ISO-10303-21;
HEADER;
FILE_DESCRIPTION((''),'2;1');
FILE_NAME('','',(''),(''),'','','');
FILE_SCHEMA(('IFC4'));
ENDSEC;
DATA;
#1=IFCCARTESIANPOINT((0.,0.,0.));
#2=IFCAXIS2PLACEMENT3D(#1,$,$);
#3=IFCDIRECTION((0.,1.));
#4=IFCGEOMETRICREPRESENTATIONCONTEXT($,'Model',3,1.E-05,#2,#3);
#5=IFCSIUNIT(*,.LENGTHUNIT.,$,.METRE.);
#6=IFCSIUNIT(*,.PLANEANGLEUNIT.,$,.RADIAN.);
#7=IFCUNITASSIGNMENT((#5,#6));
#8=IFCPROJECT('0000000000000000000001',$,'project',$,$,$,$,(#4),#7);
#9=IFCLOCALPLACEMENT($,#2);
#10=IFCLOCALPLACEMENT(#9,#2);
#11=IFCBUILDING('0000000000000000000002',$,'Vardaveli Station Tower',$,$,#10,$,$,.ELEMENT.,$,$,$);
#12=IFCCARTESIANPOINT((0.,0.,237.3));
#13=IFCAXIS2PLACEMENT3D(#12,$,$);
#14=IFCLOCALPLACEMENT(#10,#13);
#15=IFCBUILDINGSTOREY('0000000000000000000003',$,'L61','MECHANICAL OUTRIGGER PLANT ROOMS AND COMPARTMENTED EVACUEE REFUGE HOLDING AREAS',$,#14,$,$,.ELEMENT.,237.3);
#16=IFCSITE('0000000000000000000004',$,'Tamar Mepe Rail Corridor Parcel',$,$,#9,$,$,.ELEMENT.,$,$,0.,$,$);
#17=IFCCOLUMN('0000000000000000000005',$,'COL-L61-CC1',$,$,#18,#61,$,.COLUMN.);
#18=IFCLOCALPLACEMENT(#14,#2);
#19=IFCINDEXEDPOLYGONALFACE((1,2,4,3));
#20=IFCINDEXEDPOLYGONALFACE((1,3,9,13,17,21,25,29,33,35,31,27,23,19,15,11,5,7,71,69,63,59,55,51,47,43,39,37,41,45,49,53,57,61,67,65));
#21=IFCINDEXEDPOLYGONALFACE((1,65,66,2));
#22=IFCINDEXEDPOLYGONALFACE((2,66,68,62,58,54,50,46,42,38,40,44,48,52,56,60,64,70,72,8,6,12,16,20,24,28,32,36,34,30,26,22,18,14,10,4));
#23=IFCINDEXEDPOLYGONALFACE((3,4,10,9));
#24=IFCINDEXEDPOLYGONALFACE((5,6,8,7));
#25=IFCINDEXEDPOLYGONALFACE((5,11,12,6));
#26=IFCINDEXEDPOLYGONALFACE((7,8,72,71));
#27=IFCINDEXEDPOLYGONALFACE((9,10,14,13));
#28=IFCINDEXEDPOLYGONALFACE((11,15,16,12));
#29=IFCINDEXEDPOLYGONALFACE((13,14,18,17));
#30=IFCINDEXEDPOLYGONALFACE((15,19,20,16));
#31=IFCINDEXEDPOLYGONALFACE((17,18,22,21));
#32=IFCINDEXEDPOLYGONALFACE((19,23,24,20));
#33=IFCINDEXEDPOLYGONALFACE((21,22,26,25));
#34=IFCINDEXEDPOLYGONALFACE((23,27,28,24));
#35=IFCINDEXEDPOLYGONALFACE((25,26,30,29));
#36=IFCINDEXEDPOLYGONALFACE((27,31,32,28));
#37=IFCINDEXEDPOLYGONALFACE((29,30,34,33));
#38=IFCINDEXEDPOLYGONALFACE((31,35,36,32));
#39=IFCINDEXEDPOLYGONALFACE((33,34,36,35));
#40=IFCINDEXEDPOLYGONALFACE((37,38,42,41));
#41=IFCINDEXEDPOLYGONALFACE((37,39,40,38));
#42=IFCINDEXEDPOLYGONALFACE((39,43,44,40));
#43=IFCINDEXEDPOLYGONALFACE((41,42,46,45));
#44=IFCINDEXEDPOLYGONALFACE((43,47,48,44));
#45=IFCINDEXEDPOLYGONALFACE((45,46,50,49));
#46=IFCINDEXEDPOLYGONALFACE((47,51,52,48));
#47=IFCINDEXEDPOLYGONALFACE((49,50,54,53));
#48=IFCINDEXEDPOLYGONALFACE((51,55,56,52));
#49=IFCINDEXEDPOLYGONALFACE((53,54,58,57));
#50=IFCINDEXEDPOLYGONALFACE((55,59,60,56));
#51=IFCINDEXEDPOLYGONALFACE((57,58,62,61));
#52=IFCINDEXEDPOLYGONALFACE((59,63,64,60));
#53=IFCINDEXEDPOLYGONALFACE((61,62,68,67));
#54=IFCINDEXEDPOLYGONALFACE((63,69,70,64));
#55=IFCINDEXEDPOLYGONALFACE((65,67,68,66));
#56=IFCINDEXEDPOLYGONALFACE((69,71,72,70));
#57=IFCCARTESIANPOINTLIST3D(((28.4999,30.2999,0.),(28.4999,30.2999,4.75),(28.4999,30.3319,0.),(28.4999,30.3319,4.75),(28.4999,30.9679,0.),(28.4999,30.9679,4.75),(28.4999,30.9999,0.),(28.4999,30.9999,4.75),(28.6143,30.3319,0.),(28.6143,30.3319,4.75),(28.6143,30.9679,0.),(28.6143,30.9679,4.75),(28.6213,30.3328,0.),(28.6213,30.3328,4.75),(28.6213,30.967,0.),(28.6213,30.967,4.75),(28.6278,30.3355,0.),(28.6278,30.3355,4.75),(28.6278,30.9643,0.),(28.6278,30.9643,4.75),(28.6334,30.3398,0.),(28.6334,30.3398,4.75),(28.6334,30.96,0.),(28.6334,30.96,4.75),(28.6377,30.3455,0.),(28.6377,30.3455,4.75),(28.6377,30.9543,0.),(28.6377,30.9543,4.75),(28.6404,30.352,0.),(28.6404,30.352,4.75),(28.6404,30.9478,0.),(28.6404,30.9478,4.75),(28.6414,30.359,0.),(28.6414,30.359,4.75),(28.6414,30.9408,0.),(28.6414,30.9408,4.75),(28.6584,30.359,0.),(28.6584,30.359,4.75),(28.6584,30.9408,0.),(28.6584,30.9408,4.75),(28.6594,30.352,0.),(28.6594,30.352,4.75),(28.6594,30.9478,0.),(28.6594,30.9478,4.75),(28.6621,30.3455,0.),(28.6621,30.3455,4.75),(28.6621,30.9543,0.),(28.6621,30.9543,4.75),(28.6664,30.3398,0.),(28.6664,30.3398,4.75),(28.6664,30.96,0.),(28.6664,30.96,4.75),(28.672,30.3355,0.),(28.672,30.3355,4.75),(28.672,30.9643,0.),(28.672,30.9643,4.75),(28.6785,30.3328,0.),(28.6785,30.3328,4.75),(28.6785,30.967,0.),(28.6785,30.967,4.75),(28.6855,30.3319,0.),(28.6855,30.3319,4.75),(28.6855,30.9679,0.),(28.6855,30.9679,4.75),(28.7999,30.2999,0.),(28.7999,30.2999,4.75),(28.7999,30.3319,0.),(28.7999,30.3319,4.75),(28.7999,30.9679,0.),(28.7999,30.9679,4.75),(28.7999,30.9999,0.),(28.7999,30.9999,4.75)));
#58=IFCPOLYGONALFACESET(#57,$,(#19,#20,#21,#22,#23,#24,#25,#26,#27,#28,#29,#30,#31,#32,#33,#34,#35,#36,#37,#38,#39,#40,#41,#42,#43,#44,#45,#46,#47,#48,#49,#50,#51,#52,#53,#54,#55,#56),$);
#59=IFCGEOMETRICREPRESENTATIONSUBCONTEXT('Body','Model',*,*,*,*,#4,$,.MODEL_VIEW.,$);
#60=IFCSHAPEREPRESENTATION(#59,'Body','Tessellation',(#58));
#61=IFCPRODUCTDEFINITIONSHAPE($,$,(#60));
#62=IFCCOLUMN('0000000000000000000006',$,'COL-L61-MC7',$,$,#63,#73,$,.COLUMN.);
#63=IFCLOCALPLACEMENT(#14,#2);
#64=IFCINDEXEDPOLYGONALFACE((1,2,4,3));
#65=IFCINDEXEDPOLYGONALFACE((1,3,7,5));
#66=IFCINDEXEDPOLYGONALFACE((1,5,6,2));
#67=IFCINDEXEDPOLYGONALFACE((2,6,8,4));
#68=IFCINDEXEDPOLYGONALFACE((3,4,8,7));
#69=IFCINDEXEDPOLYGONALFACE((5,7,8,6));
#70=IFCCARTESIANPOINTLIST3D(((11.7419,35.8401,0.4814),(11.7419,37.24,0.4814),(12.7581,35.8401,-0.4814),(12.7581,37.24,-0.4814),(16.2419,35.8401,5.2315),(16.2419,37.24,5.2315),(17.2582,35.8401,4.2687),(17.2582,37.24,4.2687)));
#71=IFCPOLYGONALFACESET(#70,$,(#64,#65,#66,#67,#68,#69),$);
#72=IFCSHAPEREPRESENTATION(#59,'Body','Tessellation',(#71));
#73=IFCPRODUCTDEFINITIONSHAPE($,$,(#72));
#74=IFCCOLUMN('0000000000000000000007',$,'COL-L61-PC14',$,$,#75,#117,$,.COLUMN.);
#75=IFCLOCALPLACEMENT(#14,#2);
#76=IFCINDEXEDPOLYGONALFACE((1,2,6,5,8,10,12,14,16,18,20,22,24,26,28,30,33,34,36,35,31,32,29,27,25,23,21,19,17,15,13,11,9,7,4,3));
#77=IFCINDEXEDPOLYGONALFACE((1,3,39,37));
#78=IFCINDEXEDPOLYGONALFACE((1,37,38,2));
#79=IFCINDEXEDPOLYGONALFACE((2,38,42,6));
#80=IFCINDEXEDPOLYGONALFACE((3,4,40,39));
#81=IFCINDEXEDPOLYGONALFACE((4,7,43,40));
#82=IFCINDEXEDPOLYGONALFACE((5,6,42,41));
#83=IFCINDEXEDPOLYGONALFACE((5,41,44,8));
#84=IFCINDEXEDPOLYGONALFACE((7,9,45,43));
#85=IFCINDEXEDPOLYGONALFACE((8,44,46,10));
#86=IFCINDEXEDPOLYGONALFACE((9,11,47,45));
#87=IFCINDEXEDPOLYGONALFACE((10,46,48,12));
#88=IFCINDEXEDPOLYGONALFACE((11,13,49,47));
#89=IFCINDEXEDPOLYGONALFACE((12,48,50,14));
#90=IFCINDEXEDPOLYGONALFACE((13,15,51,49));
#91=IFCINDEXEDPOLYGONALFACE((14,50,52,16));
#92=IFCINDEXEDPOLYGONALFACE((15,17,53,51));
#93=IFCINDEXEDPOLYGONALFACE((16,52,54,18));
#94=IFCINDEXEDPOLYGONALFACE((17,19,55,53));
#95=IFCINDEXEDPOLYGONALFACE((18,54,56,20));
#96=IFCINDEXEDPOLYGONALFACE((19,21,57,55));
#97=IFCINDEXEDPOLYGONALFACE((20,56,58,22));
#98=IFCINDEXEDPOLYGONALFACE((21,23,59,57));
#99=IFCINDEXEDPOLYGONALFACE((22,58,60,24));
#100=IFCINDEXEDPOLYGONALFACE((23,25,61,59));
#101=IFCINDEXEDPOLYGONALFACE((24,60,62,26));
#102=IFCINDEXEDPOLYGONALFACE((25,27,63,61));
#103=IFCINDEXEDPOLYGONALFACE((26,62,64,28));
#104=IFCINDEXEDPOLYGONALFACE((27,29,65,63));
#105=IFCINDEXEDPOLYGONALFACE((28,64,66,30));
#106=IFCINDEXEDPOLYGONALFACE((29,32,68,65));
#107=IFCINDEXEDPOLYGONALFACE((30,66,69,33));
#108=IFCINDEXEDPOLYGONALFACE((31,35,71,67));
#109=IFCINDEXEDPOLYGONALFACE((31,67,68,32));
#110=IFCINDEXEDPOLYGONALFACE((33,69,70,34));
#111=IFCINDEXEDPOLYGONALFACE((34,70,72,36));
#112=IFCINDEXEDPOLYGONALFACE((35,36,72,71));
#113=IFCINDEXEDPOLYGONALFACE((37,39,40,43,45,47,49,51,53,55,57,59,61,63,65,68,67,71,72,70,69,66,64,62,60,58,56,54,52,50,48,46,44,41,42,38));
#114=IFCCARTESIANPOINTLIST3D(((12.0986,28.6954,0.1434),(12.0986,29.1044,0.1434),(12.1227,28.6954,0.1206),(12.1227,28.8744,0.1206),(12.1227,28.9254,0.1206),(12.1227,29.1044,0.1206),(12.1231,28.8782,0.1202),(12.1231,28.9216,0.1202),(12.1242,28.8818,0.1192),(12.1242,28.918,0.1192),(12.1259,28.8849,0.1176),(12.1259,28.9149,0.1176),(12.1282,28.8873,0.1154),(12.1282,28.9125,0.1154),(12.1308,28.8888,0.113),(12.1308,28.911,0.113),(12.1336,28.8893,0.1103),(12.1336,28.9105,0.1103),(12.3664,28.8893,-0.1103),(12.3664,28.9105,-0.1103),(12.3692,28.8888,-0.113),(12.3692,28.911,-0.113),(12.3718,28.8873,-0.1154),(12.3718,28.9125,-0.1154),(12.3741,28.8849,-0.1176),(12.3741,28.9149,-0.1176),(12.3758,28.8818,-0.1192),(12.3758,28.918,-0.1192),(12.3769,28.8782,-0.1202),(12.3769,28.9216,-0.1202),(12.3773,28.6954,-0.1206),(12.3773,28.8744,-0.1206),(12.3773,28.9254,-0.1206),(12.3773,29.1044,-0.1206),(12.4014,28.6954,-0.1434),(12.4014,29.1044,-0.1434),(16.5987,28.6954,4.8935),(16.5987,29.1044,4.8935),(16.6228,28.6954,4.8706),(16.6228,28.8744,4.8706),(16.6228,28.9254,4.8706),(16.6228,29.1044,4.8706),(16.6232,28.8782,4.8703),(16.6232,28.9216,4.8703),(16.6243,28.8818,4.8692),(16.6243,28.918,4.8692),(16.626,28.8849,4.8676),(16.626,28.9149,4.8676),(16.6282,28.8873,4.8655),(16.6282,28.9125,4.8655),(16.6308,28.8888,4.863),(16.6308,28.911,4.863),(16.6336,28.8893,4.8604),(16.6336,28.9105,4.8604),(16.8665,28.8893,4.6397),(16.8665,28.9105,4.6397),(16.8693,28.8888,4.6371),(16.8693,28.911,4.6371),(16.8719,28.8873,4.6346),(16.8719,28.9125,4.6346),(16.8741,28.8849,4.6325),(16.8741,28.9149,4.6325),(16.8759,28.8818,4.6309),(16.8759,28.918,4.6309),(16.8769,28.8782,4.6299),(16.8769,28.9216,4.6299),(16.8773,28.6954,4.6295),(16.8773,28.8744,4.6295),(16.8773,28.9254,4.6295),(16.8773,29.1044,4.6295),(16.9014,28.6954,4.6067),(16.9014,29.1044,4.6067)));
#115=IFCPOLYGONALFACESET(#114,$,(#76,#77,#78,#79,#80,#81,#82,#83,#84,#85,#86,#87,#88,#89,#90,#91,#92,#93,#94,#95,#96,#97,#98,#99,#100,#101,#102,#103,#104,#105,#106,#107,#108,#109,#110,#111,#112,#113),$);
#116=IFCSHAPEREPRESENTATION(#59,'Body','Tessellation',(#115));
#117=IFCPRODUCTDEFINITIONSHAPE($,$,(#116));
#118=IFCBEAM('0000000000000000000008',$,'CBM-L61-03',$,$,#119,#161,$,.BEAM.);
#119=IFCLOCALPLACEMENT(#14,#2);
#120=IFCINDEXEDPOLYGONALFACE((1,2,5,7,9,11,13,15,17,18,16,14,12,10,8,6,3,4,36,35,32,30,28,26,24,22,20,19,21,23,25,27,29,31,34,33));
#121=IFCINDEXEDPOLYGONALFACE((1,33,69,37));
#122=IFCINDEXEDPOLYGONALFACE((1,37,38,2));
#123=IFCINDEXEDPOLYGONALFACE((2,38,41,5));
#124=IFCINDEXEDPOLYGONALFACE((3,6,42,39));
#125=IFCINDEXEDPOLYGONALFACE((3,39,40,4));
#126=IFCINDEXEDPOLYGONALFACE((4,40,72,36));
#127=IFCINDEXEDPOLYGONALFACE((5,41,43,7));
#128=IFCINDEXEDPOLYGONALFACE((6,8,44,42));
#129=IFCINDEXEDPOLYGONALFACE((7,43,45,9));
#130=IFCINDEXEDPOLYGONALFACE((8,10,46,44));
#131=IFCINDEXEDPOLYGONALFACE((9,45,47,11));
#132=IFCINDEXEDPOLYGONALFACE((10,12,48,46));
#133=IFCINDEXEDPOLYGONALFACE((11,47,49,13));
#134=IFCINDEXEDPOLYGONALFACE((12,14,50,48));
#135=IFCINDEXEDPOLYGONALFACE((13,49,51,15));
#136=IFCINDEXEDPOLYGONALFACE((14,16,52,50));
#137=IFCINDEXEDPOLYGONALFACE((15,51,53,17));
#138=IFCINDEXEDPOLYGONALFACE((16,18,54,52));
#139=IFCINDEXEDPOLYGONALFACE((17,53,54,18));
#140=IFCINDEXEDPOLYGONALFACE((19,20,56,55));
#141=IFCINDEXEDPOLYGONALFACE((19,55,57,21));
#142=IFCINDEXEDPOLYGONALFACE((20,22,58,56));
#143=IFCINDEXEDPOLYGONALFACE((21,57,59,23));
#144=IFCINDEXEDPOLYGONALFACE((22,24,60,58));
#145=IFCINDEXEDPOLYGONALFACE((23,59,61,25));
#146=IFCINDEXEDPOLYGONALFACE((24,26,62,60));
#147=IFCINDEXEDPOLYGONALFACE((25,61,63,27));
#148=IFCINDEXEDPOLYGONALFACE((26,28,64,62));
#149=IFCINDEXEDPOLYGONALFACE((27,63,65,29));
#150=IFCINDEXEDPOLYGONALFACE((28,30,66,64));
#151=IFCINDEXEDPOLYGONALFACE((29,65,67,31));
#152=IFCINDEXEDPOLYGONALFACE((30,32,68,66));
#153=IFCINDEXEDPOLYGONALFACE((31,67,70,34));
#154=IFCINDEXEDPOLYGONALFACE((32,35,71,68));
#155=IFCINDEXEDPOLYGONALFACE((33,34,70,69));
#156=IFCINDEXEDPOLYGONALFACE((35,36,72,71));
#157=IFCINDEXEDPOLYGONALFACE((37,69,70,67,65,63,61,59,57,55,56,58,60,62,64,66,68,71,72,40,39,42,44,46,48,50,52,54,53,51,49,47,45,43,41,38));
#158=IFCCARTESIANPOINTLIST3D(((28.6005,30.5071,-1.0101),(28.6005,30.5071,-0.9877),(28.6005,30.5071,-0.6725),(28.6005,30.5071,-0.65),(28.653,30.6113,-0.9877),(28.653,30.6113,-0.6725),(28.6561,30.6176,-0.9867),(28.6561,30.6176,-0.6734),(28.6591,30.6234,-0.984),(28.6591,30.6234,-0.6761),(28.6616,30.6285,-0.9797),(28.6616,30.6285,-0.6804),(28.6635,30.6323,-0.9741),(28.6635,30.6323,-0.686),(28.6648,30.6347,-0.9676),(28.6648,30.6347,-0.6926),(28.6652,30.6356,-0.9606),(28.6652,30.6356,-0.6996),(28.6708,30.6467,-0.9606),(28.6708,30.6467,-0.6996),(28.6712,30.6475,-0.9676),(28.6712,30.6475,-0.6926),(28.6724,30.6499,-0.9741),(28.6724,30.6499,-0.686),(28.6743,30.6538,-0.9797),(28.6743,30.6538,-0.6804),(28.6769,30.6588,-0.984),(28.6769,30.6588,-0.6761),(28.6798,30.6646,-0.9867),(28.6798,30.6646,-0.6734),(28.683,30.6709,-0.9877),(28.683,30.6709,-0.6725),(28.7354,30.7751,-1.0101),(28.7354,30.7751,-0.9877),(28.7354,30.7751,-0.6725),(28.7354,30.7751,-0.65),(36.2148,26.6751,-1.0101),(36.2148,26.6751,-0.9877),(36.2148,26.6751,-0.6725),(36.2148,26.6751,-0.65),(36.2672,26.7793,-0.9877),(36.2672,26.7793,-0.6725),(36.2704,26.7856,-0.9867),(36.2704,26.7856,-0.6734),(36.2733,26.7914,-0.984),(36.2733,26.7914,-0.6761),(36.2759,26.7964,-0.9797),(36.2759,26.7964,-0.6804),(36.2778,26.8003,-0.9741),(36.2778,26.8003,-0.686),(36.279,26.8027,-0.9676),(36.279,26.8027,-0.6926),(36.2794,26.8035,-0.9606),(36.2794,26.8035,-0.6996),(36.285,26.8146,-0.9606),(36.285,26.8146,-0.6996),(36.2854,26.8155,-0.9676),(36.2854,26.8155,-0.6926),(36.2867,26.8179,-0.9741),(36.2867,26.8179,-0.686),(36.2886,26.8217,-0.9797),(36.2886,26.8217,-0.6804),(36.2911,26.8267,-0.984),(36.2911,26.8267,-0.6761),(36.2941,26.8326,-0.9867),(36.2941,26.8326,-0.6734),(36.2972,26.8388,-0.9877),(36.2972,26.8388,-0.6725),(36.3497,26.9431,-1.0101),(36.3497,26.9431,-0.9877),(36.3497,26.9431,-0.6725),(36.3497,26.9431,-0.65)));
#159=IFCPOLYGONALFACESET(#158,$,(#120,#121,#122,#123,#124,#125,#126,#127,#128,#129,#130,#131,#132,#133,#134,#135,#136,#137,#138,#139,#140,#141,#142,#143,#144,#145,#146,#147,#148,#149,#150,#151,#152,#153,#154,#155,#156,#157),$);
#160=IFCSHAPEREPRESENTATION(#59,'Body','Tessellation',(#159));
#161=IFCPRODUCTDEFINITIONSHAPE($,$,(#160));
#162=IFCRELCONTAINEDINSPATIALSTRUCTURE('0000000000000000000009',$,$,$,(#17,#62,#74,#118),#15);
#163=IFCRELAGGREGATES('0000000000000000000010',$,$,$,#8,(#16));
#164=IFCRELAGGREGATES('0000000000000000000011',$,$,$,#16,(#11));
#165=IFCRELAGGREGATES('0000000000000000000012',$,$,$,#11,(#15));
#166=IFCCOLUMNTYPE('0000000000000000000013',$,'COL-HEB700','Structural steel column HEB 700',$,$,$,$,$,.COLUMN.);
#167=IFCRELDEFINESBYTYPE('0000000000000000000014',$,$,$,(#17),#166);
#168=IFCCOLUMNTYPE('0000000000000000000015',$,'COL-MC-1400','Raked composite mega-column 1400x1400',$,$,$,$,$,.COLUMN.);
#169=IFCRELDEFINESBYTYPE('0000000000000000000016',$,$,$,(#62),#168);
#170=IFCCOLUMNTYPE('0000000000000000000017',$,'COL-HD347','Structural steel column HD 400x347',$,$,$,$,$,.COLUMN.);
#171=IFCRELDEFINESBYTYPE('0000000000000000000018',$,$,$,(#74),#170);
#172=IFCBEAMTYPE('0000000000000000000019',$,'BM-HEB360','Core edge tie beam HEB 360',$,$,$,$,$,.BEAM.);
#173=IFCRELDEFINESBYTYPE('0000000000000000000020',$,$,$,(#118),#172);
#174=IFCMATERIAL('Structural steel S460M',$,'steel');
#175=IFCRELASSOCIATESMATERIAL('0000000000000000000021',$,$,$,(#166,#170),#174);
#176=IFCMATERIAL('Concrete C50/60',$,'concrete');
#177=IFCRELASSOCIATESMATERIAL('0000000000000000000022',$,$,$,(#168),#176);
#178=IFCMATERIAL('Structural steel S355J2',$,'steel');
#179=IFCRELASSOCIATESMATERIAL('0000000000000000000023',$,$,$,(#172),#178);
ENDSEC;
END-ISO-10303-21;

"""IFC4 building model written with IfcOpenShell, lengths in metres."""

from ifc_helpers import new_model, si_unit, direction, frame, origin, origin_2d, place, context, subcontext, project, spatial, rectangle, i_section, extrude, source, transform, mapped, material, material_profile, profile_set, type_object, element, save


model = new_model("IFC4")

# Units and contexts
model_context = context("Model", 3, precision=1e-05, world=origin(), true_north=direction((0.0, 1.0)))
body_context = subcontext(model_context, "Body", "Model", "MODEL_VIEW")
ifc_project = project(units=[si_unit("LENGTHUNIT", "METRE"), si_unit("PLANEANGLEUNIT", "RADIAN")], contexts=[model_context])

# Site, building, storey
site_placement = place(None, origin())
site = spatial("IfcSite", under=ifc_project, at=site_placement, Name="Tamar Mepe Rail Corridor Parcel", CompositionType="ELEMENT", RefElevation=0.0)
building_placement = place(site_placement, origin())
building = spatial("IfcBuilding", under=site, at=building_placement, Name="Vardaveli Station Tower", CompositionType="ELEMENT")
storey_placement = place(building_placement, frame((0.0, 0.0, 237.3)))
storey = spatial("IfcBuildingStorey", under=building, at=storey_placement, Name="L61", Description="MECHANICAL OUTRIGGER PLANT ROOMS AND COMPARTMENTED EVACUEE REFUGE HOLDING AREAS", CompositionType="ELEMENT", Elevation=237.3)

# Columns
ifc_material_1 = material(Name="Structural steel S460M", Category="steel")
ifc_material_profile_1 = material_profile(ifc_material_1, i_section(OverallWidth=0.3, OverallDepth=0.7, WebThickness=0.0171, FlangeThickness=0.032, FilletRadius=0.0271, at=origin_2d()), Name="HEB 700")
ifc_profile_set_1 = profile_set([ifc_material_profile_1], Name="Structural steel S460M")
column_type_1 = type_object("IfcColumnType", Name="COL-HEB700", Description="Structural steel column HEB 700", PredefinedType="COLUMN", material=ifc_profile_set_1)
shared_shape_1 = source(origin(), body_context, "Body", "SweptSolid", [
    extrude(i_section(OverallWidth=0.3, OverallDepth=0.7, WebThickness=0.0171, FlangeThickness=0.032, FilletRadius=0.0271, at=origin_2d()), origin(), (0.0, 0.0, 1.0), 4.75),
])
column_1_placement = place(storey_placement, frame((28.6499, 30.6499, 0.0), z_axis=(0.0, 0.0, 1.0), x_axis=(1.0, 0.0, 0.0)))
element("IfcColumn", 1, at=column_1_placement, inside=storey, type_object=column_type_1, Name="COL-L61-CC1", PredefinedType="COLUMN", context=body_context, shape_type="MappedRepresentation", body=[
    mapped(shared_shape_1, transform((0.0, 0.0, 0.0), scale=1.0)),
])
ifc_material_2 = material(Name="Concrete C50/60", Category="concrete")
ifc_material_profile_2 = material_profile(ifc_material_2, rectangle(XDim=1.3999, YDim=1.3999, at=origin_2d()), Name="MC 1400x1400")
ifc_profile_set_2 = profile_set([ifc_material_profile_2], Name="Concrete C50/60")
column_type_2 = type_object("IfcColumnType", Name="COL-MC-1400", Description="Raked composite mega-column 1400x1400", PredefinedType="COLUMN", material=ifc_profile_set_2)
shared_shape_2 = source(origin(), body_context, "Body", "SweptSolid", [
    extrude(rectangle(XDim=1.3999, YDim=1.3999, at=origin_2d()), origin(), (0.0, 0.0, 1.0), 6.5432),
])
column_2_placement = place(storey_placement, frame((12.25, 36.54, 0.0), z_axis=(0.687745, 0.0, 0.725953), x_axis=(0.0, 1.0, 0.0)))
element("IfcColumn", 2, at=column_2_placement, inside=storey, type_object=column_type_2, Name="COL-L61-MC7", PredefinedType="COLUMN", context=body_context, shape_type="MappedRepresentation", body=[
    mapped(shared_shape_2, transform((0.0, 0.0, 0.0), scale=1.0)),
])
ifc_material_profile_3 = material_profile(ifc_material_1, i_section(OverallWidth=0.4089, OverallDepth=0.417, WebThickness=0.0212, FlangeThickness=0.0332, FilletRadius=0.0149, at=origin_2d()), Name="HD 400x347")
ifc_profile_set_3 = profile_set([ifc_material_profile_3], Name="Structural steel S460M")
column_type_3 = type_object("IfcColumnType", Name="COL-HD347", Description="Structural steel column HD 400x347", PredefinedType="COLUMN", material=ifc_profile_set_3)
shared_shape_3 = source(origin(), body_context, "Body", "SweptSolid", [
    extrude(i_section(OverallWidth=0.4089, OverallDepth=0.417, WebThickness=0.0212, FlangeThickness=0.0332, FilletRadius=0.0149, at=origin_2d()), origin(), (0.0, 0.0, 1.0), 6.5432),
])
column_3_placement = place(storey_placement, frame((12.25, 28.8999, 0.0), z_axis=(0.687745, 0.0, 0.725953), x_axis=(0.0, 1.0, 0.0)))
element("IfcColumn", 3, at=column_3_placement, inside=storey, type_object=column_type_3, Name="COL-L61-PC14", PredefinedType="COLUMN", context=body_context, shape_type="MappedRepresentation", body=[
    mapped(shared_shape_3, transform((0.0, 0.0, 0.0), scale=1.0)),
])

# Beam
ifc_material_3 = material(Name="Structural steel S355J2", Category="steel")
ifc_material_profile_4 = material_profile(ifc_material_3, i_section(OverallWidth=0.3, OverallDepth=0.3601, WebThickness=0.0125, FlangeThickness=0.0225, FilletRadius=0.0271, at=origin_2d()), Name="HEB 360")
ifc_profile_set_4 = profile_set([ifc_material_profile_4], Name="Structural steel S355J2")
beam_type_1 = type_object("IfcBeamType", Name="BM-HEB360", Description="Core edge tie beam HEB 360", PredefinedType="BEAM", material=ifc_profile_set_4)
shared_shape_4 = source(origin(), body_context, "Body", "SweptSolid", [
    extrude(i_section(OverallWidth=0.3, OverallDepth=0.3601, WebThickness=0.0125, FlangeThickness=0.0225, FilletRadius=0.0271, at=origin_2d()), origin(), (0.0, 0.0, 1.0), 8.5242),
])
beam_1_placement = place(storey_placement, frame((28.668, 30.6411, -0.8301), z_axis=(0.893256, -0.449549, 0.0), x_axis=(0.449549, 0.893256, 0.0)))
element("IfcBeam", 4, at=beam_1_placement, inside=storey, type_object=beam_type_1, Name="CBM-L61-03", PredefinedType="BEAM", context=body_context, shape_type="MappedRepresentation", body=[
    mapped(shared_shape_4, transform((0.0, 0.0, 0.0), scale=1.0)),
])

save(model, "model.ifc")
